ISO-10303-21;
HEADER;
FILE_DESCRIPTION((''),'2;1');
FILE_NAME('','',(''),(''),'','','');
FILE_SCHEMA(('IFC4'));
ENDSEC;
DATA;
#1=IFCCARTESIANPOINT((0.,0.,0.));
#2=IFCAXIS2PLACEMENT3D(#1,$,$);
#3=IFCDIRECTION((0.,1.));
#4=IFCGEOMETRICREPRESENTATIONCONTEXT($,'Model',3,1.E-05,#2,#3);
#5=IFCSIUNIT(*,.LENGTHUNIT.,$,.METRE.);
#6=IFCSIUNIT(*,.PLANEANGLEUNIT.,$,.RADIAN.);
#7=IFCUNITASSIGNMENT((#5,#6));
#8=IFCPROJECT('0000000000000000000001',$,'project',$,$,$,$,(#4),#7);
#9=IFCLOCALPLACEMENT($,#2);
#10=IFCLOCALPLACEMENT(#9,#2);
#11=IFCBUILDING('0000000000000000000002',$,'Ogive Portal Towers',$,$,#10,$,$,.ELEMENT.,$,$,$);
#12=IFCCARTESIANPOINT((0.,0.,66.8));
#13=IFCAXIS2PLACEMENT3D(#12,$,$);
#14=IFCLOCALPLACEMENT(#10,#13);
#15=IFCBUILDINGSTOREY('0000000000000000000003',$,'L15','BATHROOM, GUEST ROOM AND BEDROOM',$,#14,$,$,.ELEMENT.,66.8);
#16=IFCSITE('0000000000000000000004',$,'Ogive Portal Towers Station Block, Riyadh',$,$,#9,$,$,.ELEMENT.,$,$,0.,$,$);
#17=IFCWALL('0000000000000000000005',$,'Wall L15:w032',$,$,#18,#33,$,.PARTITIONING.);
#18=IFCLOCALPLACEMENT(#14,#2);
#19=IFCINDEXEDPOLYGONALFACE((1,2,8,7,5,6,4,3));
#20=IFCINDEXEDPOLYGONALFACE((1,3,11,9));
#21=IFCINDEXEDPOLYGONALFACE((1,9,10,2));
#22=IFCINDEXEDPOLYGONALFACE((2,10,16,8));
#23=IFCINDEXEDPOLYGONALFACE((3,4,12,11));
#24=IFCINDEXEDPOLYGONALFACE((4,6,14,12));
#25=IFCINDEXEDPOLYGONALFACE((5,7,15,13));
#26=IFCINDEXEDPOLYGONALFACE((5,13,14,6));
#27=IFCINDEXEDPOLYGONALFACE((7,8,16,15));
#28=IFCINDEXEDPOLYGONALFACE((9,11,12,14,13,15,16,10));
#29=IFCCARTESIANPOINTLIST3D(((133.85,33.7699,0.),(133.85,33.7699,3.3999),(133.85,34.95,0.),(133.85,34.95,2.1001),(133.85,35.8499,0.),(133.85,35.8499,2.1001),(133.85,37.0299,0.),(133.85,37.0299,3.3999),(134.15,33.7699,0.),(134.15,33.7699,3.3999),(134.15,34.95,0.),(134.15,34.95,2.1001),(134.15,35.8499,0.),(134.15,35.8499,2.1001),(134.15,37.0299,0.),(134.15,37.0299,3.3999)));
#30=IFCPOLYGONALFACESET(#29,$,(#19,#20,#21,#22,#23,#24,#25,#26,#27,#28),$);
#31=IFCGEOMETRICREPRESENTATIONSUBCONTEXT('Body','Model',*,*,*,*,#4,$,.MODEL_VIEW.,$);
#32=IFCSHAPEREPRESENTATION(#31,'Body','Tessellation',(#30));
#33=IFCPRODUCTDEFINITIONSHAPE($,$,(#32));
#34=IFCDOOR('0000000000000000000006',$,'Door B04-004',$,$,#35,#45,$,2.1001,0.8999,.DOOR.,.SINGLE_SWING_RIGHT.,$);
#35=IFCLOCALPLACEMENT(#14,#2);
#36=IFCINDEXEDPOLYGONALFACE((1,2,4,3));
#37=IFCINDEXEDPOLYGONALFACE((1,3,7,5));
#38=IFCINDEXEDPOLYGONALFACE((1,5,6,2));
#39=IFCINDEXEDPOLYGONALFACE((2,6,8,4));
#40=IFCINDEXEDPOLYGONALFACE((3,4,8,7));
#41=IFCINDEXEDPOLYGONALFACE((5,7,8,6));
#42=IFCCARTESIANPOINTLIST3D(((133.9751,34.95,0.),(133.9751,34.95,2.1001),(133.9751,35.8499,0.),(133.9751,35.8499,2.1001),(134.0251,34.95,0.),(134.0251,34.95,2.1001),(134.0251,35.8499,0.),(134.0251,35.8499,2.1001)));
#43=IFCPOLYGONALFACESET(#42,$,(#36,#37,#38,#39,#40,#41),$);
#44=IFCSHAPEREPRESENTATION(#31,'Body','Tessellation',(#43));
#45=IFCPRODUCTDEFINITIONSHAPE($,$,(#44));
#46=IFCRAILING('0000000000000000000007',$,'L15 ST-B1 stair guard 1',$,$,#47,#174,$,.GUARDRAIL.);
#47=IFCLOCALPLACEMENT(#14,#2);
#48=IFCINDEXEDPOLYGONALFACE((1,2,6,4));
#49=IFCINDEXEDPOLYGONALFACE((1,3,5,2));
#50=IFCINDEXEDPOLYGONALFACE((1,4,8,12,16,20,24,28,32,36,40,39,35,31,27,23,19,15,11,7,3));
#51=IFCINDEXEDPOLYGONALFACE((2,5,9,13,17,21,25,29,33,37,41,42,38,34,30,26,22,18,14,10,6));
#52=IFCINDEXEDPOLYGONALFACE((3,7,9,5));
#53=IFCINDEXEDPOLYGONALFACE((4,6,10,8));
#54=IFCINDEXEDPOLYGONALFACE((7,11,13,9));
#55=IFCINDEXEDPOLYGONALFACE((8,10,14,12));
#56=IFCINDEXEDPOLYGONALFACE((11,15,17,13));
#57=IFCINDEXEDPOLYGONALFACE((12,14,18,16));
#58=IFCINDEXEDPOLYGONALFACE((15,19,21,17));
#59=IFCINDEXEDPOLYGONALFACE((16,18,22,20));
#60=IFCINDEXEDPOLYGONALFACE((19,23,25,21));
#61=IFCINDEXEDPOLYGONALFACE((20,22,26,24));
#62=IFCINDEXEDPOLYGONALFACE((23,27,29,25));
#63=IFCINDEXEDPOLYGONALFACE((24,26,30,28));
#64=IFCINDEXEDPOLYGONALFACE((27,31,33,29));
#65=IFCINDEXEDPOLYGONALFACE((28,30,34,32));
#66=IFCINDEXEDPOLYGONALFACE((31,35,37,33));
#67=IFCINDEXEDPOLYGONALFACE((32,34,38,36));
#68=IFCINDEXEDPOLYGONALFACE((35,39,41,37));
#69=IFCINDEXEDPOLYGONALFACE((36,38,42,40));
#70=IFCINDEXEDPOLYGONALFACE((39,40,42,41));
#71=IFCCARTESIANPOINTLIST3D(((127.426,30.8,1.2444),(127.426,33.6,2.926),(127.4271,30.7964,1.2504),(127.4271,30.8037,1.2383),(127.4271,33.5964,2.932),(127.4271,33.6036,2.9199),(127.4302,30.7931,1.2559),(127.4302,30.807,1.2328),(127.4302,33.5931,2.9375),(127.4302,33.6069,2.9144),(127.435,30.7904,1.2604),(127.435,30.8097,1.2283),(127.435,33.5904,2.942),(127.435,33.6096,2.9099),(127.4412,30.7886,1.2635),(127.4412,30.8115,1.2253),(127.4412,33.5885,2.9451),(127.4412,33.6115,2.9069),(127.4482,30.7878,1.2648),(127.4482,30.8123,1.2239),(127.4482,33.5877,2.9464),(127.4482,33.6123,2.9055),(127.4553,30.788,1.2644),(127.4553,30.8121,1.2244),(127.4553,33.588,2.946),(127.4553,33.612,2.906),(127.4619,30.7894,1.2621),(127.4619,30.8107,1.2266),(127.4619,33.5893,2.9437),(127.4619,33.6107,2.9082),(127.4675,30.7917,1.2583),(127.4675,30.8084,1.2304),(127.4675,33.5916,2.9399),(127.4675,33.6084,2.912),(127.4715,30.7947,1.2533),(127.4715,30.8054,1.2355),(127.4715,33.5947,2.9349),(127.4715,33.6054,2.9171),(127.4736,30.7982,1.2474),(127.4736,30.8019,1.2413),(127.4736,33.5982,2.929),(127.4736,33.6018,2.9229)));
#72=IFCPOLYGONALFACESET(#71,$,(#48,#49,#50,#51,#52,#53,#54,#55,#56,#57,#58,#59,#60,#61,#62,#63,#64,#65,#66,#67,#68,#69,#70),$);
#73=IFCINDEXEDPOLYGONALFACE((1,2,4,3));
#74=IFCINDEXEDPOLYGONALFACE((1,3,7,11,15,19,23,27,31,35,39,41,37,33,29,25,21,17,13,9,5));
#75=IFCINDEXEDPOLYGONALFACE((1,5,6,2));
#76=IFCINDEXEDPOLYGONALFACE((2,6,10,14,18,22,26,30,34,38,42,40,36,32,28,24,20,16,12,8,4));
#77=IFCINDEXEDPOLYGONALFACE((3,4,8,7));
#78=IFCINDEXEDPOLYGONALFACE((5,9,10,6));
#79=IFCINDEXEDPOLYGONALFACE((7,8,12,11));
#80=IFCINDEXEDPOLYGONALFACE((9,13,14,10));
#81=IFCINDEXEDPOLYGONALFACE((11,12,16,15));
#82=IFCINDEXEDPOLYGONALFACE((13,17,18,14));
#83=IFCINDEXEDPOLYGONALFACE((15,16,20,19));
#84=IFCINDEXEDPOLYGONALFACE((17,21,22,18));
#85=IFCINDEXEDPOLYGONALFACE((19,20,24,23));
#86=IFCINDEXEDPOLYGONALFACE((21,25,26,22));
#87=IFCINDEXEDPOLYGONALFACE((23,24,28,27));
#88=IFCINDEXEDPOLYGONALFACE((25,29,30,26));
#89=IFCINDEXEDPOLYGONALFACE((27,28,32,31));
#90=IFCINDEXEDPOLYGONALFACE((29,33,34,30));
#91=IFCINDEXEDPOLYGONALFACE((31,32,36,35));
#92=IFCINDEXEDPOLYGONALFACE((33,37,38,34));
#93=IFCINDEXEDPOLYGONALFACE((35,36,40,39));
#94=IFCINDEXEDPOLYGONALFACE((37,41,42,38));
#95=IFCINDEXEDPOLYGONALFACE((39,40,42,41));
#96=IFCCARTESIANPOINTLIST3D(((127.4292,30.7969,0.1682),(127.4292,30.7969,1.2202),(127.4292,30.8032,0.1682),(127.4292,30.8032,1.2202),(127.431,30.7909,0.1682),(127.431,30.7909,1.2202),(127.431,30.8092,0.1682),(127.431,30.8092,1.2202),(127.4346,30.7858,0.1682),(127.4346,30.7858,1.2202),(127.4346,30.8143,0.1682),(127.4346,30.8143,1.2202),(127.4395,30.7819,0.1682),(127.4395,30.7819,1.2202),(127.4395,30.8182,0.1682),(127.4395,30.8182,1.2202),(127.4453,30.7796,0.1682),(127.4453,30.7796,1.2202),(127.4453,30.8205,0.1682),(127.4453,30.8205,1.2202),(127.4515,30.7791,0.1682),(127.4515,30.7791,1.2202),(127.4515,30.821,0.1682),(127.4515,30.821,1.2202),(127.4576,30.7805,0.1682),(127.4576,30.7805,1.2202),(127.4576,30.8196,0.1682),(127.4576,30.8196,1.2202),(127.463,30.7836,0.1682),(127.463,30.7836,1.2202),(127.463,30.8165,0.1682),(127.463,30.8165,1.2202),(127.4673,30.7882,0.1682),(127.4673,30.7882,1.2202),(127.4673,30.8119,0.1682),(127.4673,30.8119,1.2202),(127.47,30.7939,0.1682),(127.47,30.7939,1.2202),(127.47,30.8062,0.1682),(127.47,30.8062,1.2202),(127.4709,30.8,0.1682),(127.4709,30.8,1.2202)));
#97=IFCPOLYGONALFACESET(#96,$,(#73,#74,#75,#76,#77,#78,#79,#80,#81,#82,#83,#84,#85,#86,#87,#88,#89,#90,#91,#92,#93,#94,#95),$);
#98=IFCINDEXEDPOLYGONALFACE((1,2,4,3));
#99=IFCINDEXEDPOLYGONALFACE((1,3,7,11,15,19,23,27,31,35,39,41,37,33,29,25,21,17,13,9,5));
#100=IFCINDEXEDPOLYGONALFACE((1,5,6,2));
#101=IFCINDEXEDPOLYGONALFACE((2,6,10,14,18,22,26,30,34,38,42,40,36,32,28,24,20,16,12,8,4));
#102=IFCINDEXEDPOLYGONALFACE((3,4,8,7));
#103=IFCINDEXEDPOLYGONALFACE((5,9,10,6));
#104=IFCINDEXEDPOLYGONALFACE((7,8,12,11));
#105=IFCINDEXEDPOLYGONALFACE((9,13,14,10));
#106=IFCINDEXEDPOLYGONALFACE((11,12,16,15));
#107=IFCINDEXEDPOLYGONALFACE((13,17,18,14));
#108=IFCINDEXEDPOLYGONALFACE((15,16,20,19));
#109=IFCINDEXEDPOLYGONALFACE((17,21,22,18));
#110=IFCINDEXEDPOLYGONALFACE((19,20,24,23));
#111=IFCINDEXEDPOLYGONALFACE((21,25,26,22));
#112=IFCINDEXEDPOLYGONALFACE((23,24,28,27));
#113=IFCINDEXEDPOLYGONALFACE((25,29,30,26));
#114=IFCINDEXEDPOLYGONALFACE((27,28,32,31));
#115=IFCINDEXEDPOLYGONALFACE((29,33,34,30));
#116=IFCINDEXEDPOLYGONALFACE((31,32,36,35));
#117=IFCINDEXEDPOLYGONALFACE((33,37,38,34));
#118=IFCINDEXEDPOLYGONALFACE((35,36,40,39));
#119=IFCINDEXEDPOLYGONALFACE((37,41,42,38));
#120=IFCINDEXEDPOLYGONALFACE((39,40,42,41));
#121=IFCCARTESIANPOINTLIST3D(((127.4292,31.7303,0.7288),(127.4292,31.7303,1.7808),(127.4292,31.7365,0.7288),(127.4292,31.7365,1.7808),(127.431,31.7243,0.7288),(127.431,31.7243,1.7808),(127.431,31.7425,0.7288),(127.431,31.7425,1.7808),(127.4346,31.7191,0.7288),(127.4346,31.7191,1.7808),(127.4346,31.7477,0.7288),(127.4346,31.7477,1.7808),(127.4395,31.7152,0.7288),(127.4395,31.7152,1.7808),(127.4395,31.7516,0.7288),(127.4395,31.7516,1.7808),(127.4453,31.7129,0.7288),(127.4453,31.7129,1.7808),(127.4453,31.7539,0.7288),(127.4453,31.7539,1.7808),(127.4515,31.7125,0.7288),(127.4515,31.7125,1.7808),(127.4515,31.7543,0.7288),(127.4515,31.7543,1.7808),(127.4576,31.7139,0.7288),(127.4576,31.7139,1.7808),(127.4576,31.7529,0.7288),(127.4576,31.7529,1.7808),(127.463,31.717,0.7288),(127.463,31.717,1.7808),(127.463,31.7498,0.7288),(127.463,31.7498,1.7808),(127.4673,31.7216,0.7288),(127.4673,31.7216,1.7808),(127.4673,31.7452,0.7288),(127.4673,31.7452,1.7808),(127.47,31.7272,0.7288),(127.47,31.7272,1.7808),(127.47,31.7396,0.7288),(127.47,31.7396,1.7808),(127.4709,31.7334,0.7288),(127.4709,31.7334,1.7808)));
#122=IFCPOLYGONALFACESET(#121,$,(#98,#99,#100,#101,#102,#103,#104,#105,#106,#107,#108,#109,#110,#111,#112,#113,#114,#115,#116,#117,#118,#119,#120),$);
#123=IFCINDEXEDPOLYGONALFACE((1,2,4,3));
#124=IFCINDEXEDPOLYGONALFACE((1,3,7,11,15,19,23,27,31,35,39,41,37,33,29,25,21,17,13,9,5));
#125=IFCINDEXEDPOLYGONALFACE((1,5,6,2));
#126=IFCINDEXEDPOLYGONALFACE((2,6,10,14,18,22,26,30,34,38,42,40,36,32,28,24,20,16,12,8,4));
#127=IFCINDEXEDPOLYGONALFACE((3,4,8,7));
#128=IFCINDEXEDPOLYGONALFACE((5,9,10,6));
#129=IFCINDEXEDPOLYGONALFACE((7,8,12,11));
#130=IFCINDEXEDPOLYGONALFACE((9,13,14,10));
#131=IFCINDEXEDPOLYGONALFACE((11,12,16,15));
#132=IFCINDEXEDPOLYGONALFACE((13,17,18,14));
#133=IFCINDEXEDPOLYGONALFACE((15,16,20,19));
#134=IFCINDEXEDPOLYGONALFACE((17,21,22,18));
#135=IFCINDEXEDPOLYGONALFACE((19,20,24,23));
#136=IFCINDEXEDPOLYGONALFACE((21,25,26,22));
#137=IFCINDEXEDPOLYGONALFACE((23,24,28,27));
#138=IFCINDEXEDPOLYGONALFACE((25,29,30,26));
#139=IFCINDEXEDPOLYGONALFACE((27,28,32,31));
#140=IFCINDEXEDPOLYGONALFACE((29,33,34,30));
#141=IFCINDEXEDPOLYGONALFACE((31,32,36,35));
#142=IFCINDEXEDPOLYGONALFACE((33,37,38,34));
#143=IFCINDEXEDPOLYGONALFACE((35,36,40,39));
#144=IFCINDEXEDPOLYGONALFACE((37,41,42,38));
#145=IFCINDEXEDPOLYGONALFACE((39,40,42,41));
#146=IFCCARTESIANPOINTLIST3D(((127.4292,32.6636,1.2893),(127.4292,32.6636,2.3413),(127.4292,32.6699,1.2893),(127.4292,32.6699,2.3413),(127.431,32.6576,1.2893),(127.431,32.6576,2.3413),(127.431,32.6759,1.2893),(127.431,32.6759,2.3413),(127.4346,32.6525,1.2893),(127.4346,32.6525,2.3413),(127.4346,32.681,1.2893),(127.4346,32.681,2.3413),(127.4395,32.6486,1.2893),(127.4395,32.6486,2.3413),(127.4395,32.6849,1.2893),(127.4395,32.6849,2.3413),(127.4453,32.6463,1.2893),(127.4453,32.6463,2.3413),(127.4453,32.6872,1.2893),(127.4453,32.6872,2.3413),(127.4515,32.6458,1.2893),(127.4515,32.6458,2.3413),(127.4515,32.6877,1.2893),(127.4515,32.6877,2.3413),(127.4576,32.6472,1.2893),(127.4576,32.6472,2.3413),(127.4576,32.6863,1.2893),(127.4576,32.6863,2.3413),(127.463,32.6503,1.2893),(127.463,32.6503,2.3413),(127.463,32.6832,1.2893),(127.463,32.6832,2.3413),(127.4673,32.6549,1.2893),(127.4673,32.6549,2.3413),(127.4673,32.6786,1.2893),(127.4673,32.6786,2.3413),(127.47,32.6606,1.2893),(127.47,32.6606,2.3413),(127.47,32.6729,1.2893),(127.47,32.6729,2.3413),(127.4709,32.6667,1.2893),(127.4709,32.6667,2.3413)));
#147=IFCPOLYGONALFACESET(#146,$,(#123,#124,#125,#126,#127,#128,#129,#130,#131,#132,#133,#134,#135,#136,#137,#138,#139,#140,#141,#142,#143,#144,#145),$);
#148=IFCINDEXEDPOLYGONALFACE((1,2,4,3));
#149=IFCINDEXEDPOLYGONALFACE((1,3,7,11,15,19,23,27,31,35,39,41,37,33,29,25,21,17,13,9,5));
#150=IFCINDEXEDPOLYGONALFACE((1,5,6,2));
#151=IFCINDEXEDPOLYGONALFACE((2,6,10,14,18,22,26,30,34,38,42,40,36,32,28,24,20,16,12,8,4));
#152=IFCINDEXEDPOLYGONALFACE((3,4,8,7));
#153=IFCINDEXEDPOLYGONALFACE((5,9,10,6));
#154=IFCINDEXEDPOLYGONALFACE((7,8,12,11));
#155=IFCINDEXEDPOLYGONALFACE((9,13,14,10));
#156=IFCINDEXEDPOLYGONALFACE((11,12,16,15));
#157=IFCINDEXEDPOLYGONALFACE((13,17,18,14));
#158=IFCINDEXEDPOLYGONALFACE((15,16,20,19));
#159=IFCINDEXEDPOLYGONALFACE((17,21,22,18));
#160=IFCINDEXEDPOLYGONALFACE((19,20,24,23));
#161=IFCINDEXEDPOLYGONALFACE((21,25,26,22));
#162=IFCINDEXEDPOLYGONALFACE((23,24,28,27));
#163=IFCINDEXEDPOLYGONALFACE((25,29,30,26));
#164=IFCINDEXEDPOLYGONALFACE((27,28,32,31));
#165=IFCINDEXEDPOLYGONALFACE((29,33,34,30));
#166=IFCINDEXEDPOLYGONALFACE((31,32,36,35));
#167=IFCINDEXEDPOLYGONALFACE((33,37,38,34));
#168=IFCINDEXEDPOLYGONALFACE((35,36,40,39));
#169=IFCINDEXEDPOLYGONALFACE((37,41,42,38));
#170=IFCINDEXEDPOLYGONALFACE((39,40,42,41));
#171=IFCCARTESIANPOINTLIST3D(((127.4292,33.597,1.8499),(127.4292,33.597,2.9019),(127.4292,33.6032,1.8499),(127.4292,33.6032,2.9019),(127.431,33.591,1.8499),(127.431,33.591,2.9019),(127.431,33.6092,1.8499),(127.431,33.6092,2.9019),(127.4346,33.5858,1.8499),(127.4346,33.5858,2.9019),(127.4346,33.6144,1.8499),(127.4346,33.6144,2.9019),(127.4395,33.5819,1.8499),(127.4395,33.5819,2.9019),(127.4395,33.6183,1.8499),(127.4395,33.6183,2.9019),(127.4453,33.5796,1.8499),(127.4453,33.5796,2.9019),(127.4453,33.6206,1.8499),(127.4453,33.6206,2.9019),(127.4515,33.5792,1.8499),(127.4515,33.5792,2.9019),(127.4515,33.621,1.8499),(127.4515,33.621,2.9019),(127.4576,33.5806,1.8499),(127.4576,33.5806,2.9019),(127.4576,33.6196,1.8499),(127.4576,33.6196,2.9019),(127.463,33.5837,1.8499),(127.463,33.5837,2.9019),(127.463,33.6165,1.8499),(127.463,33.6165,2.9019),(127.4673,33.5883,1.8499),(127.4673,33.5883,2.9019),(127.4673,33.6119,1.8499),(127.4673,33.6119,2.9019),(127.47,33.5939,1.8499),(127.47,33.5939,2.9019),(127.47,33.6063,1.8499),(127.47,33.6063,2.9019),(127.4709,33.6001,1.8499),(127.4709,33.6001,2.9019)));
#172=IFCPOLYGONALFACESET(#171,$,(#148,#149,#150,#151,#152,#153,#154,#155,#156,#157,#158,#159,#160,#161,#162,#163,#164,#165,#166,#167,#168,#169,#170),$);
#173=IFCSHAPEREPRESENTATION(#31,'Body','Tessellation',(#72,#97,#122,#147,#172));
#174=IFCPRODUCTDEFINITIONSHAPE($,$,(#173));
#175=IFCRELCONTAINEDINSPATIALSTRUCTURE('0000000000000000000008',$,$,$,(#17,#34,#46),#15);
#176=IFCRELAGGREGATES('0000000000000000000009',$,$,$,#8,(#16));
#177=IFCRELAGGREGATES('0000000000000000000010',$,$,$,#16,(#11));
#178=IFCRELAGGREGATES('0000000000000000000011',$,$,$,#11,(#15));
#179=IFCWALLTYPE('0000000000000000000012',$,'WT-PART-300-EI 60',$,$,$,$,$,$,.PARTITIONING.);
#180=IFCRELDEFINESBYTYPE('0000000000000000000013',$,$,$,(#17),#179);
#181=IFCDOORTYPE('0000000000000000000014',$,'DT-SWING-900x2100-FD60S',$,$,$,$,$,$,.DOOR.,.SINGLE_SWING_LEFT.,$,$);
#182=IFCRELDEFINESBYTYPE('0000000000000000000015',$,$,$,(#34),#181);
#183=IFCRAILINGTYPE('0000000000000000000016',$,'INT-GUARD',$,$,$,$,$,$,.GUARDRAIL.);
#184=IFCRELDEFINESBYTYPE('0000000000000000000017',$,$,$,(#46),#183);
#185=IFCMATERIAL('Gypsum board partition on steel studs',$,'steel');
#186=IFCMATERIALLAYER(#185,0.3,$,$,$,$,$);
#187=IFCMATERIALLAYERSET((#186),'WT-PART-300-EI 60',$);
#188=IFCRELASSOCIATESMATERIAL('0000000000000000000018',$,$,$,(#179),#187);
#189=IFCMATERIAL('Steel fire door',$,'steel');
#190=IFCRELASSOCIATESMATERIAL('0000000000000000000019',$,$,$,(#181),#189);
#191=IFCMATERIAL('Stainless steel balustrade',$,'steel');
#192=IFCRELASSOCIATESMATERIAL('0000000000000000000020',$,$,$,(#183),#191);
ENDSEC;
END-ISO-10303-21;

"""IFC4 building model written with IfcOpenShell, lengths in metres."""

from ifc_helpers import new_model, si_unit, direction, frame, frame_2d, origin, origin_2d, place, context, subcontext, project, spatial, rectangle, circle, extrude, material, layer, layer_set, type_object, element, fill, save


model = new_model("IFC4")

# Units and contexts
model_context = context("Model", 3, precision=1e-05, world=origin(), true_north=direction((0.0, 1.0)))
body_context = subcontext(model_context, "Body", "Model", "MODEL_VIEW")
ifc_project = project(units=[si_unit("LENGTHUNIT", "METRE"), si_unit("PLANEANGLEUNIT", "RADIAN")], contexts=[model_context])

# Site, building, storey
site_placement = place(None, origin())
site = spatial("IfcSite", under=ifc_project, at=site_placement, Name="Ogive Portal Towers Station Block, Riyadh", CompositionType="ELEMENT", RefElevation=0.0)
building_placement = place(site_placement, origin())
building = spatial("IfcBuilding", under=site, at=building_placement, Name="Ogive Portal Towers", CompositionType="ELEMENT")
storey_placement = place(building_placement, frame((0.0, 0.0, 66.8)))
storey = spatial("IfcBuildingStorey", under=building, at=storey_placement, Name="L15", Description="BATHROOM, GUEST ROOM AND BEDROOM", CompositionType="ELEMENT", Elevation=66.8)

# Shared definitions
ifc_material_1 = material(Name="Steel fire door", Category="steel")

# Wall, opening, door
ifc_material_2 = material(Name="Gypsum board partition on steel studs", Category="steel")
ifc_layer_1 = layer(ifc_material_2, 0.3)
ifc_layer_set_1 = layer_set([ifc_layer_1], Name="WT-PART-300-EI 60")
wall_type_1 = type_object("IfcWallType", Name="WT-PART-300-EI 60", PredefinedType="PARTITIONING", material=ifc_layer_set_1)
wall_1_placement = place(storey_placement, frame((134.0, 33.77, 0.0), z_axis=(0.0, 0.0, 1.0), x_axis=(0.0, 1.0, 0.0)))
wall_1 = element("IfcWall", 1, at=wall_1_placement, inside=storey, type_object=wall_type_1, Name="Wall L15:w032", PredefinedType="PARTITIONING", context=body_context, shape_type="SweptSolid", body=[
    extrude(rectangle(XDim=3.26, YDim=0.3, at=frame_2d((1.6299, 0.0))), origin(), (0.0, 0.0, 1.0), 3.3999),
])
opening_1_placement = place(wall_1_placement, frame((1.1799, 0.0, 0.0)))
opening_1 = element("IfcOpeningElement", 2, at=opening_1_placement, cuts=wall_1, PredefinedType="OPENING", context=body_context, shape_type="SweptSolid", body=[
    extrude(rectangle(XDim=0.8999, YDim=2.1001, at=frame_2d((0.45, 1.05))), frame((0.0, 0.1602, 0.0), z_axis=(0.0, -1.0, 0.0), x_axis=(1.0, 0.0, 0.0)), (0.0, 0.0, 1.0), 0.3201),
])
door_type_1 = type_object("IfcDoorType", Name="DT-SWING-900x2100-FD60S", OperationType="SINGLE_SWING_LEFT", PredefinedType="DOOR", material=ifc_material_1)
door_1_placement = place(opening_1_placement, origin())
door_1 = element("IfcDoor", 3, at=door_1_placement, inside=storey, type_object=door_type_1, Name="Door B04-004", OperationType="SINGLE_SWING_RIGHT", OverallHeight=2.1001, OverallWidth=0.8999, PredefinedType="DOOR", context=body_context, shape_type="SweptSolid", body=[
    extrude(rectangle(XDim=0.8999, YDim=2.1001, at=frame_2d((0.45, 1.05))), frame((0.0, 0.0249, 0.0), z_axis=(0.0, -1.0, 0.0), x_axis=(1.0, 0.0, 0.0)), (0.0, 0.0, 1.0), 0.05),
])
fill(opening_1, door_1)

# Railing
ifc_material_3 = material(Name="Stainless steel balustrade", Category="steel")
railing_type_1 = type_object("IfcRailingType", Name="INT-GUARD", PredefinedType="GUARDRAIL", material=ifc_material_3)
railing_1_placement = place(storey_placement, frame((127.45, 30.8, 0.1682)))
element("IfcRailing", 4, at=railing_1_placement, inside=storey, type_object=railing_type_1, Name="L15 ST-B1 stair guard 1", PredefinedType="GUARDRAIL", context=body_context, shape_type="SweptSolid", body=[
    extrude(circle(Radius=0.0239, at=origin_2d()), frame((0.0, 0.0, 1.0762), z_axis=(0.0, 0.857275, 0.514858), x_axis=(-1.0, 0.0, 0.0)), (0.0, 0.0, 1.0), 3.2661),
    extrude(circle(Radius=0.021, at=origin_2d()), origin(), (0.0, 0.0, 1.0), 1.052),
    extrude(circle(Radius=0.021, at=origin_2d()), frame((0.0, 0.9333, 0.5605)), (0.0, 0.0, 1.0), 1.052),
    extrude(circle(Radius=0.021, at=origin_2d()), frame((0.0, 1.8667, 1.1211)), (0.0, 0.0, 1.0), 1.052),
    extrude(circle(Radius=0.021, at=origin_2d()), frame((0.0, 2.8, 1.6816)), (0.0, 0.0, 1.0), 1.052),
])

save(model, "model.ifc")
